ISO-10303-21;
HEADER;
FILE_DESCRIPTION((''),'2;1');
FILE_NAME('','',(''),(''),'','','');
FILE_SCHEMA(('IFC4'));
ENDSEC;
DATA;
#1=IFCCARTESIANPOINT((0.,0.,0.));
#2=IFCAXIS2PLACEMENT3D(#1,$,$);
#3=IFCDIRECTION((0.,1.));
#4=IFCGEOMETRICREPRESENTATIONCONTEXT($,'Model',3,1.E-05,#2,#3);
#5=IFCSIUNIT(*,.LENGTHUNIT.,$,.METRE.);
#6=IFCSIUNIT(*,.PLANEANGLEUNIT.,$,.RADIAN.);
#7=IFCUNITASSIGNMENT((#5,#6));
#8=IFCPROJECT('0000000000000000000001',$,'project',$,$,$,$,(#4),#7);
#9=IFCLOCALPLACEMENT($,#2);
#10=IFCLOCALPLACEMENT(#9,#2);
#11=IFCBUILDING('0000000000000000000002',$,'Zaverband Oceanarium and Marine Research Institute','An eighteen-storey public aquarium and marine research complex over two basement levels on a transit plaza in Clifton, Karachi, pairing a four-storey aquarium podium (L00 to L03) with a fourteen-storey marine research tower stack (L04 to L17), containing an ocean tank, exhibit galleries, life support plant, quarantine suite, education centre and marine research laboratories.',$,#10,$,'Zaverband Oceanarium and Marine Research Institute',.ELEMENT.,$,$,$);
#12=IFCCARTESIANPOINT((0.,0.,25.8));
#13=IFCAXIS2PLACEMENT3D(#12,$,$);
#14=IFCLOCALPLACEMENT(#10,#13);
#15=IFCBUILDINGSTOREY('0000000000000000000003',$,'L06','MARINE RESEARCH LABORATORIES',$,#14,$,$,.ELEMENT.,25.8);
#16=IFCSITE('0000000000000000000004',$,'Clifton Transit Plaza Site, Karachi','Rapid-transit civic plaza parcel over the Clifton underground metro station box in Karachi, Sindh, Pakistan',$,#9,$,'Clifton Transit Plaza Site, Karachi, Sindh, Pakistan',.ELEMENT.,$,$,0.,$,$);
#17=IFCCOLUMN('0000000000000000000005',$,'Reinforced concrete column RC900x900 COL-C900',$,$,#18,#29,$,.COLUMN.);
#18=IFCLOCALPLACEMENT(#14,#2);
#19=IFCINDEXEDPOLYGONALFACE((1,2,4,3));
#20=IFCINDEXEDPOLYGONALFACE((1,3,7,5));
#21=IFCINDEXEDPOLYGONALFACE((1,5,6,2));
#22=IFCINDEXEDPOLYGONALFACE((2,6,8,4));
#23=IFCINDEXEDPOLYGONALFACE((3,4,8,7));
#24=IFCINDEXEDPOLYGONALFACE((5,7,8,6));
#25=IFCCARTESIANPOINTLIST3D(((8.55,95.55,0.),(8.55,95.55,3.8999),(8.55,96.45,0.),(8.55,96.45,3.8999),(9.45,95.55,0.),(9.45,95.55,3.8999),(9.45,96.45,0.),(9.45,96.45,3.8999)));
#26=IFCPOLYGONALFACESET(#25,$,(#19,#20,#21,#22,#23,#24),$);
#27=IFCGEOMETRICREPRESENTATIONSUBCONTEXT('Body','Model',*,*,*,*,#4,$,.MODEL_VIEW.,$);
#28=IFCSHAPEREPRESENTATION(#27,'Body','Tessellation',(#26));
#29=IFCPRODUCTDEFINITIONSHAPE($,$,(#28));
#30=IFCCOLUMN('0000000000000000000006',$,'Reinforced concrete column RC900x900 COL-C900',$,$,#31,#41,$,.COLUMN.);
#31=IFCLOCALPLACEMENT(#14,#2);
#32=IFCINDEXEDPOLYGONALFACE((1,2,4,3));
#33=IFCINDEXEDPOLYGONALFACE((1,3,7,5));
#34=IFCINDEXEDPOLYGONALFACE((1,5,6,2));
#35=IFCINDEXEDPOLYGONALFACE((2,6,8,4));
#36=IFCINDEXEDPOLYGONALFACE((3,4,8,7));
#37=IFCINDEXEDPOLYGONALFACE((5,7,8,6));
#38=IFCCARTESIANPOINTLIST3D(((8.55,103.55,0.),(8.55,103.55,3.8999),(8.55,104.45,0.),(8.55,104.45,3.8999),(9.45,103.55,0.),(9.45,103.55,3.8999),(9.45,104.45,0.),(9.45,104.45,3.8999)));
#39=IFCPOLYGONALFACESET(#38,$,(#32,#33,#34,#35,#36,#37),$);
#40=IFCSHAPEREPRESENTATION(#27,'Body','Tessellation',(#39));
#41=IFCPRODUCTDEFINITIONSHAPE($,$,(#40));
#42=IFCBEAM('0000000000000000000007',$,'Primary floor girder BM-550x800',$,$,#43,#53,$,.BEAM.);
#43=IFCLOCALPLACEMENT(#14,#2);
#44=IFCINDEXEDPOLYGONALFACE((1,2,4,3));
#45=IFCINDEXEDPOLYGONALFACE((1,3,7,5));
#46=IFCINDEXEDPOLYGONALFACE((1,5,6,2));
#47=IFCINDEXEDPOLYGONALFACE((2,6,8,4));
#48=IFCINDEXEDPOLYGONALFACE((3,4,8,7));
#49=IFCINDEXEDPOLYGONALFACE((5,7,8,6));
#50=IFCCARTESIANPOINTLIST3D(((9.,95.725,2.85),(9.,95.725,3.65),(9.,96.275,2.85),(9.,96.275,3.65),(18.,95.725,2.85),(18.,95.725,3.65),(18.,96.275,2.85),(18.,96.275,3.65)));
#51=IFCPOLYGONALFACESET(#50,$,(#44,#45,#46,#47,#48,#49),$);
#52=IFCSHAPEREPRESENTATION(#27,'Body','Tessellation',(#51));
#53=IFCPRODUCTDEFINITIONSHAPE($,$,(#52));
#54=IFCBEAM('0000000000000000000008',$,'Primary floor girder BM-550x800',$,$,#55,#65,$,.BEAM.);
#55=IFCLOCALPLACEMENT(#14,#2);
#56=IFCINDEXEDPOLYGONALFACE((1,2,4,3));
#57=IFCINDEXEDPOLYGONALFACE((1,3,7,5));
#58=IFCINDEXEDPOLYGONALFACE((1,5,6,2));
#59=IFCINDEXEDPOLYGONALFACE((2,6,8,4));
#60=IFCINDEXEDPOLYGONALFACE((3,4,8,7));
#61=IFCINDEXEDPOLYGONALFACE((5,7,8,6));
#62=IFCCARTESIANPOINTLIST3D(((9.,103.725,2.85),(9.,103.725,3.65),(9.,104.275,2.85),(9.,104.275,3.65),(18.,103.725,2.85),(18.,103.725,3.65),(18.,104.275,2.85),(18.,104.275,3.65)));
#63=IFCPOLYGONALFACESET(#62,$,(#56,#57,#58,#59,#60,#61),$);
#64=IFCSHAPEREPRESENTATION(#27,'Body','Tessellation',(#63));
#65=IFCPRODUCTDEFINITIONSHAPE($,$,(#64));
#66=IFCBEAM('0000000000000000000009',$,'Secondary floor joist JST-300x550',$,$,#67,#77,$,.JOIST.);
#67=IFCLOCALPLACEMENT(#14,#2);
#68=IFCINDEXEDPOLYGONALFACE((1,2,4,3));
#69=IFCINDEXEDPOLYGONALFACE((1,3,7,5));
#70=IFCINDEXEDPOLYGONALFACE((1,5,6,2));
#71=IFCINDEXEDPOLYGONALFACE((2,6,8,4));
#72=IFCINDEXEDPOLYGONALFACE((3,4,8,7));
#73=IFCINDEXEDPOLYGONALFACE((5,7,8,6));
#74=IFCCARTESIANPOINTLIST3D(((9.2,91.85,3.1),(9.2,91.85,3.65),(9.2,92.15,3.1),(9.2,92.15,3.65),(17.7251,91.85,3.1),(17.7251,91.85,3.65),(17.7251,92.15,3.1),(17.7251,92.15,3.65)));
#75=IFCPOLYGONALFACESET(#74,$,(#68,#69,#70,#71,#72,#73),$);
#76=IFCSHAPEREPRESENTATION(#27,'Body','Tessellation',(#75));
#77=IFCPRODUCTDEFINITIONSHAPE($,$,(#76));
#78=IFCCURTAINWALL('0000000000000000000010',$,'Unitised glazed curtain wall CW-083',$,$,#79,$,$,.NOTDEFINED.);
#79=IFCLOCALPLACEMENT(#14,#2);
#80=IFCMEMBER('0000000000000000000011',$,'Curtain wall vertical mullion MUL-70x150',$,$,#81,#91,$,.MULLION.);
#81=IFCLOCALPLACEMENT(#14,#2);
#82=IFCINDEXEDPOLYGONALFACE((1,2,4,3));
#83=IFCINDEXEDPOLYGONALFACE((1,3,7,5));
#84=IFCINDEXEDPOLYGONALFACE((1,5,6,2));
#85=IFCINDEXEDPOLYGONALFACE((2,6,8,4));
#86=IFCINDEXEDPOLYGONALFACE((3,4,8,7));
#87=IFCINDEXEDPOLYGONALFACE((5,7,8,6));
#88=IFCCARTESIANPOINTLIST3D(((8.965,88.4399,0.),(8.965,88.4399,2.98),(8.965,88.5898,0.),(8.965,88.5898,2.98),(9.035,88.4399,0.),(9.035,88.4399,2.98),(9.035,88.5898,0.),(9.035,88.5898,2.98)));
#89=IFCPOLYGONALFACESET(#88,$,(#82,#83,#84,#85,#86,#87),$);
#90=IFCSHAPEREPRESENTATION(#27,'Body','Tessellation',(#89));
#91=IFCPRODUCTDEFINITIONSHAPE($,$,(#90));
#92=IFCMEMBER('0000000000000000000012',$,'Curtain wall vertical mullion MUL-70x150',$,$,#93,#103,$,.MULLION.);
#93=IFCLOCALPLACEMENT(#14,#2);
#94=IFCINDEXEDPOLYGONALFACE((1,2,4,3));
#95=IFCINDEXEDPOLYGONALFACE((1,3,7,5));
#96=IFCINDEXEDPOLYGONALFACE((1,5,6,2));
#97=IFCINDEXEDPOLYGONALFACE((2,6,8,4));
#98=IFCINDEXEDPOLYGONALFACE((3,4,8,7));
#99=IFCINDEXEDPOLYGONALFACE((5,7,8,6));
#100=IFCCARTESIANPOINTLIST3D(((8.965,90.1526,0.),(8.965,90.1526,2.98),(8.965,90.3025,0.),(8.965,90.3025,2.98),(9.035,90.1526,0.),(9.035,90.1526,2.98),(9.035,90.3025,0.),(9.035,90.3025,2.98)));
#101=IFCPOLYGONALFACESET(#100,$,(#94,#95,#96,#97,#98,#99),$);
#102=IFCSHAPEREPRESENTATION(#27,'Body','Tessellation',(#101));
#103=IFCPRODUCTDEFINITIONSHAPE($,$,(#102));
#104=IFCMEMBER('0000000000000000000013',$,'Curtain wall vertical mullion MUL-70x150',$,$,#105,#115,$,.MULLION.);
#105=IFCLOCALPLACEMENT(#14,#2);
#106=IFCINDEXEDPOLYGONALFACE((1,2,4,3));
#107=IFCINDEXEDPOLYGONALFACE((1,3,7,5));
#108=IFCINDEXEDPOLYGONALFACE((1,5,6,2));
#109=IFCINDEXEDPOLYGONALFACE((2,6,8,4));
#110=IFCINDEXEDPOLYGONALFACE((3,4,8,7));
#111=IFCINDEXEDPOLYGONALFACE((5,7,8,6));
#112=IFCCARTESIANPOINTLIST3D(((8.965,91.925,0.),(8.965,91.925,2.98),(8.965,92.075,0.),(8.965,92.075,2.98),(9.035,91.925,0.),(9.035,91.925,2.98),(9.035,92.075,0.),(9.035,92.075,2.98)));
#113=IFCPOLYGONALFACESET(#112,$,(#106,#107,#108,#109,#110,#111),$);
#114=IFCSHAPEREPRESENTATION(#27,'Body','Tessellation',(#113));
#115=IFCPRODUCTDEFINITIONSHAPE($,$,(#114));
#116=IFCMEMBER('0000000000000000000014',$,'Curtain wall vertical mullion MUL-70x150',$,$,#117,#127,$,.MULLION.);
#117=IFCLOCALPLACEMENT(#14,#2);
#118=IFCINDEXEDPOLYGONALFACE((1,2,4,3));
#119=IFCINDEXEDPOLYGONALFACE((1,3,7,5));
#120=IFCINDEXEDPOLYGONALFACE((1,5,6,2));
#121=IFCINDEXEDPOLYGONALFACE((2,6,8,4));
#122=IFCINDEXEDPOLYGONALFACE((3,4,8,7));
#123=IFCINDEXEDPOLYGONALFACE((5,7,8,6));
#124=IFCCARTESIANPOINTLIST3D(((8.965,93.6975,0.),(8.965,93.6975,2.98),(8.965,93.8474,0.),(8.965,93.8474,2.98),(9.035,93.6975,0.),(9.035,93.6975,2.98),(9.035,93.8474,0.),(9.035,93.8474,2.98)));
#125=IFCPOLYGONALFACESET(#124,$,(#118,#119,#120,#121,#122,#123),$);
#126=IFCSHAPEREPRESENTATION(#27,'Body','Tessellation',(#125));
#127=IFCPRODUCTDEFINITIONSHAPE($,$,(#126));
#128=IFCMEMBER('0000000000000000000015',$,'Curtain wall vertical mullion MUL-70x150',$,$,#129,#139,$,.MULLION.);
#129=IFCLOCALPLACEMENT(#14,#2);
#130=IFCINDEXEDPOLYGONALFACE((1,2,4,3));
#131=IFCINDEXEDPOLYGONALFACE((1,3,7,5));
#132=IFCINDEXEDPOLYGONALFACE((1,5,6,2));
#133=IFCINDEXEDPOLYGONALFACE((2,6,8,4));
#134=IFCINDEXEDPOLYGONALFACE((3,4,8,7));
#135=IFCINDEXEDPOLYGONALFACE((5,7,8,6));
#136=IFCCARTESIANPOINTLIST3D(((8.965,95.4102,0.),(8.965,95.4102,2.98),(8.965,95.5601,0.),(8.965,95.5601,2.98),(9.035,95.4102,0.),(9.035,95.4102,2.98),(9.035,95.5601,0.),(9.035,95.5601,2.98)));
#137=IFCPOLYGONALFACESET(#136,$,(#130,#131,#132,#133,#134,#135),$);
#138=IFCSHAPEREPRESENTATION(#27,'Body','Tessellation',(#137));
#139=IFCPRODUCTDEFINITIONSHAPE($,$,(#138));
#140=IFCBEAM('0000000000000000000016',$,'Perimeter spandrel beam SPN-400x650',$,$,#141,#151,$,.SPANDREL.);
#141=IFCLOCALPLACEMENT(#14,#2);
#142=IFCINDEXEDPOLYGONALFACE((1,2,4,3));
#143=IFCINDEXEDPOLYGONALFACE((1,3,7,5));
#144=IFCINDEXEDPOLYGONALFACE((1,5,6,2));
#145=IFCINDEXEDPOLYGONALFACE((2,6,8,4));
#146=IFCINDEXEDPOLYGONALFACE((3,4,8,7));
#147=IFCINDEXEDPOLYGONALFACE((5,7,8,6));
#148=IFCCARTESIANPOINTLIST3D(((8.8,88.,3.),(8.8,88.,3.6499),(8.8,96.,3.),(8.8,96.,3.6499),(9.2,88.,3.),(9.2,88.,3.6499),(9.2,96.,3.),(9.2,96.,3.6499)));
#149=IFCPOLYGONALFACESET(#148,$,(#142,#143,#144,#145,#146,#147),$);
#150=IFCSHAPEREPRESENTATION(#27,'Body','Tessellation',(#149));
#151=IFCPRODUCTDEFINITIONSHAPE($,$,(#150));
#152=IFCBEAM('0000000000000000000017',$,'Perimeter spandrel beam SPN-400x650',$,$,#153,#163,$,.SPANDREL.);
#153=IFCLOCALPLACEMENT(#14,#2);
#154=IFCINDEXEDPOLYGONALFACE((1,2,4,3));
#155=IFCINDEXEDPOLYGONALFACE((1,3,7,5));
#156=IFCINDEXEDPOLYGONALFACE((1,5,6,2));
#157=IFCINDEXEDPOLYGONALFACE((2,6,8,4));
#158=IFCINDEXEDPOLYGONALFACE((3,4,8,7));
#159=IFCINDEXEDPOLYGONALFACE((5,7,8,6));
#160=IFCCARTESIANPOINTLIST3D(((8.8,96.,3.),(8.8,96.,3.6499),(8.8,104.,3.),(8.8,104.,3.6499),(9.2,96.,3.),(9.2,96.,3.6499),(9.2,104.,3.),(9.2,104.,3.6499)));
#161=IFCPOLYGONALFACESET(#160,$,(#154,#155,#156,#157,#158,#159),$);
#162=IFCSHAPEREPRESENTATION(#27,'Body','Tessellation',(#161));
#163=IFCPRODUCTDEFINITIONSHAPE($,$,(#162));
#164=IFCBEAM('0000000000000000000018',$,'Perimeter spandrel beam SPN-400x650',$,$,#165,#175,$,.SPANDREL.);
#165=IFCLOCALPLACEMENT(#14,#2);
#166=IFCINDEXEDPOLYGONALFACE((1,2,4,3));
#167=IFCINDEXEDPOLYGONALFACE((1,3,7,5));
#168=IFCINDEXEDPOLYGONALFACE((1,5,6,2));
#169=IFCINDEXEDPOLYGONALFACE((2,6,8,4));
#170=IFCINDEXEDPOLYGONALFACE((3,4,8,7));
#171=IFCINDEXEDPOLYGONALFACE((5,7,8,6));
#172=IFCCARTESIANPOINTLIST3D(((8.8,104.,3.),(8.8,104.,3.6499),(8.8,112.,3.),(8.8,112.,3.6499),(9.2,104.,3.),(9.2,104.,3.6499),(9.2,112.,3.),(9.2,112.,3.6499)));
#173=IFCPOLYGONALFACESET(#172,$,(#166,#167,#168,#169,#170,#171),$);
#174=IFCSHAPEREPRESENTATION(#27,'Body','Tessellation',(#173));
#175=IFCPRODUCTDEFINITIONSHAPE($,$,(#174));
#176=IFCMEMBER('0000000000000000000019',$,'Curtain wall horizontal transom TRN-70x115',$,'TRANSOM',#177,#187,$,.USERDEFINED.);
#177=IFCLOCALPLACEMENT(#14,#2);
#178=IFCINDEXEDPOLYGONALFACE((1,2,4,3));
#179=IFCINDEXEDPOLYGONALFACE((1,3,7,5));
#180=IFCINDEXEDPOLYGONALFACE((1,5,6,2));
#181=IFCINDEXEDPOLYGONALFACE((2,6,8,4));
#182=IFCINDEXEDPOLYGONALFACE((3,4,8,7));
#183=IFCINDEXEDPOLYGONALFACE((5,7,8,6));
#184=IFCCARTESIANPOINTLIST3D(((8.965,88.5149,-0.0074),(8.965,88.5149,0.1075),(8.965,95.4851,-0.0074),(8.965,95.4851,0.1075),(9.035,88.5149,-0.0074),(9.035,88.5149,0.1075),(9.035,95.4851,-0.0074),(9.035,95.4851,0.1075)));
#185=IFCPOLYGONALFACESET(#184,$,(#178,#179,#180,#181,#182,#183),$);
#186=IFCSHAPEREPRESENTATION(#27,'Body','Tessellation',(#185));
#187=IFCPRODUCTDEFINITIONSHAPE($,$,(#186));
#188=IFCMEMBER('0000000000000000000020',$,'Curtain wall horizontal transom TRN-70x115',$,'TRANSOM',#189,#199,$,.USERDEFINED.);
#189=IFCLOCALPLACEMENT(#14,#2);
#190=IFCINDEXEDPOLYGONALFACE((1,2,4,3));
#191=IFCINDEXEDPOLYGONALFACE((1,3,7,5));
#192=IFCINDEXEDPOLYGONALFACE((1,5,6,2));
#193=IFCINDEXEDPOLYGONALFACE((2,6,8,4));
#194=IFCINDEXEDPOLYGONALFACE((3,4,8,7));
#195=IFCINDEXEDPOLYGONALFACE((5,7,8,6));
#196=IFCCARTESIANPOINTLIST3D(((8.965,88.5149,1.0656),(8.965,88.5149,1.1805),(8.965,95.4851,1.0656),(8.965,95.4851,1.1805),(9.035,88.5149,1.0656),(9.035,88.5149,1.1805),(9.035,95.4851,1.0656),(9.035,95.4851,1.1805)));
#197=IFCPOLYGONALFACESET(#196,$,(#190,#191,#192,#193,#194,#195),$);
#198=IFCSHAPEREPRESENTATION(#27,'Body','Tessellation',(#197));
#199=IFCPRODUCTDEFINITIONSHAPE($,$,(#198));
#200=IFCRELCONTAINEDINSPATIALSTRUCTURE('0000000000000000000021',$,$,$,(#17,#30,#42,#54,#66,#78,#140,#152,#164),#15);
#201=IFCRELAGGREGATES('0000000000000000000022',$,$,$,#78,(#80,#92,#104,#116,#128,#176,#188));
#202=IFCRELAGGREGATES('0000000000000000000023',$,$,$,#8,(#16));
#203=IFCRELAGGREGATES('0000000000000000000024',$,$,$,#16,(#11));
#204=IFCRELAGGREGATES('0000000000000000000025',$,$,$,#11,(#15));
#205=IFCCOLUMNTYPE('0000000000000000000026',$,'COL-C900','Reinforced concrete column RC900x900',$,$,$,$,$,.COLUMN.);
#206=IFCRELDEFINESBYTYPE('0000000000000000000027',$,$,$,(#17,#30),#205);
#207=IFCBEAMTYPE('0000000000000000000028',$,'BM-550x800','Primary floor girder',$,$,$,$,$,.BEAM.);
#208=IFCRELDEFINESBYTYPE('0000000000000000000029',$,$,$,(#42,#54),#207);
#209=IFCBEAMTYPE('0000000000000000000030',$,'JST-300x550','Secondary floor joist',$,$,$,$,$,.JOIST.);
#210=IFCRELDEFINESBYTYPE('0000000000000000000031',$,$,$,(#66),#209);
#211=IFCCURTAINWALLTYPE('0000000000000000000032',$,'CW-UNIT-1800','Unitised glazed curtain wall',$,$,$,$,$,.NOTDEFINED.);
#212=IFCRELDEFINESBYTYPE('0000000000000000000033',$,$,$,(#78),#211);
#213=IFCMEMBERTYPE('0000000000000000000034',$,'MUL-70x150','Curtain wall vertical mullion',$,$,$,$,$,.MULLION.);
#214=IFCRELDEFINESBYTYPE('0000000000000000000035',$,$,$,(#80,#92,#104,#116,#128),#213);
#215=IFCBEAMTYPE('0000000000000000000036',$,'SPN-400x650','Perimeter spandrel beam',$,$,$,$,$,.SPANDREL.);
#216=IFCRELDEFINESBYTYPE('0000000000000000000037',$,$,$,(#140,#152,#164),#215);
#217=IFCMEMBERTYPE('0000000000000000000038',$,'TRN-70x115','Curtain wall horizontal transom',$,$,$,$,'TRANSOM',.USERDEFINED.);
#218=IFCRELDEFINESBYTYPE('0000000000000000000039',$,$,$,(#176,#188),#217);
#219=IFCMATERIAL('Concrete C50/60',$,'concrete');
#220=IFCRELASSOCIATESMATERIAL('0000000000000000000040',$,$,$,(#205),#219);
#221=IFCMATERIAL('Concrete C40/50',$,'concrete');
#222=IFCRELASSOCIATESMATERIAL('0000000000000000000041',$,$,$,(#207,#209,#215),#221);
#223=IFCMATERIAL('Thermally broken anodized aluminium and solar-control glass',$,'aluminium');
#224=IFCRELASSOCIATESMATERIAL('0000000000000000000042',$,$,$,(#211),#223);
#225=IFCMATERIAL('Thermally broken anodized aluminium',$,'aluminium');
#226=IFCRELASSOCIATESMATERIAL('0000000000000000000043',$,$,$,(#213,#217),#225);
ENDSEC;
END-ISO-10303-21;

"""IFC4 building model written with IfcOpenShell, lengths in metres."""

from ifc_helpers import new_model, si_unit, direction, frame, origin, origin_2d, place, context, subcontext, project, spatial, rectangle, extrude, material, material_profile, profile_set, type_object, element, aggregate, save


model = new_model("IFC4")

# Units and contexts
model_context = context("Model", 3, precision=1e-05, world=origin(), true_north=direction((0.0, 1.0)))
body_context = subcontext(model_context, "Body", "Model", "MODEL_VIEW")
ifc_project = project(units=[si_unit("LENGTHUNIT", "METRE"), si_unit("PLANEANGLEUNIT", "RADIAN")], contexts=[model_context])

# Site, building, storey
site_placement = place(None, origin())
site = spatial("IfcSite", under=ifc_project, at=site_placement, Name="Clifton Transit Plaza Site, Karachi", Description="Rapid-transit civic plaza parcel over the Clifton underground metro station box in Karachi, Sindh, Pakistan", LongName="Clifton Transit Plaza Site, Karachi, Sindh, Pakistan", CompositionType="ELEMENT", RefElevation=0.0)
building_placement = place(site_placement, origin())
building = spatial("IfcBuilding", under=site, at=building_placement, Name="Zaverband Oceanarium and Marine Research Institute", Description="An eighteen-storey public aquarium and marine research complex over two basement levels on a transit plaza in Clifton, Karachi, pairing a four-storey aquarium podium (L00 to L03) with a fourteen-storey marine research tower stack (L04 to L17), containing an ocean tank, exhibit galleries, life support plant, quarantine suite, education centre and marine research laboratories.", LongName="Zaverband Oceanarium and Marine Research Institute", CompositionType="ELEMENT")
storey_placement = place(building_placement, frame((0.0, 0.0, 25.8)))
storey = spatial("IfcBuildingStorey", under=building, at=storey_placement, Name="L06", Description="MARINE RESEARCH LABORATORIES", CompositionType="ELEMENT", Elevation=25.8)

# Columns
ifc_material_1 = material(Name="Concrete C50/60", Category="concrete")
ifc_material_profile_1 = material_profile(ifc_material_1, rectangle(XDim=0.8999, YDim=0.8999, at=origin_2d()), Name="RC900x900")
ifc_profile_set_1 = profile_set([ifc_material_profile_1], Name="Concrete C50/60")
column_type = type_object("IfcColumnType", Name="COL-C900", Description="Reinforced concrete column RC900x900", PredefinedType="COLUMN", material=ifc_profile_set_1)
for number, where, z_axis, x_axis, name in (
    (1, (9.0, 96.0, 0.0), (0.0, 0.0, 1.0), (1.0, 0.0, 0.0), "Reinforced concrete column RC900x900 COL-C900"),
    (2, (9.0, 104.0, 0.0), (0.0, 0.0, 1.0), (1.0, 0.0, 0.0), "Reinforced concrete column RC900x900 COL-C900"),
):
    element("IfcColumn", number, at=place(storey_placement, frame(where, z_axis=z_axis, x_axis=x_axis)), inside=storey, type_object=column_type, Name=name, PredefinedType="COLUMN", context=body_context, shape_type="SweptSolid", body=[
        extrude(rectangle(XDim=0.8999, YDim=0.8999, at=origin_2d()), origin(), (0.0, 0.0, 1.0), 3.8999),
    ])

# Beams
ifc_material_2 = material(Name="Concrete C40/50", Category="concrete")
ifc_material_profile_2 = material_profile(ifc_material_2, rectangle(XDim=0.55, YDim=0.8, at=origin_2d()), Name="RC550x800")
ifc_profile_set_2 = profile_set([ifc_material_profile_2], Name="Concrete C40/50")
beam_type_1 = type_object("IfcBeamType", Name="BM-550x800", Description="Primary floor girder", PredefinedType="BEAM", material=ifc_profile_set_2)
for number, where, z_axis, x_axis, name in (
    (3, (9.0, 96.0, 3.25), (1.0, 0.0, 0.0), (0.0, 1.0, 0.0), "Primary floor girder BM-550x800"),
    (4, (9.0, 104.0, 3.25), (1.0, 0.0, 0.0), (0.0, 1.0, 0.0), "Primary floor girder BM-550x800"),
):
    element("IfcBeam", number, at=place(storey_placement, frame(where, z_axis=z_axis, x_axis=x_axis)), inside=storey, type_object=beam_type_1, Name=name, PredefinedType="BEAM", context=body_context, shape_type="SweptSolid", body=[
        extrude(rectangle(XDim=0.55, YDim=0.8, at=origin_2d()), origin(), (0.0, 0.0, 1.0), 9.0),
    ])
ifc_material_profile_3 = material_profile(ifc_material_2, rectangle(XDim=0.3, YDim=0.55, at=origin_2d()), Name="RC300x550")
ifc_profile_set_3 = profile_set([ifc_material_profile_3], Name="Concrete C40/50")
beam_type_2 = type_object("IfcBeamType", Name="JST-300x550", Description="Secondary floor joist", PredefinedType="JOIST", material=ifc_profile_set_3)
beam_placement = place(storey_placement, frame((9.2, 92.0, 3.375), z_axis=(1.0, 0.0, 0.0), x_axis=(0.0, 1.0, 0.0)))
element("IfcBeam", 5, at=beam_placement, inside=storey, type_object=beam_type_2, Name="Secondary floor joist JST-300x550", PredefinedType="JOIST", context=body_context, shape_type="SweptSolid", body=[
    extrude(rectangle(XDim=0.3, YDim=0.55, at=origin_2d()), origin(), (0.0, 0.0, 1.0), 8.5251),
])

# Curtain wall, members
ifc_material_3 = material(Name="Thermally broken anodized aluminium and solar-control glass", Category="aluminium")
curtain_wall_type = type_object("IfcCurtainWallType", Name="CW-UNIT-1800", Description="Unitised glazed curtain wall", PredefinedType="NOTDEFINED", material=ifc_material_3)
curtain_wall_placement = place(storey_placement, origin())
curtain_wall = element("IfcCurtainWall", 6, at=curtain_wall_placement, inside=storey, type_object=curtain_wall_type, Name="Unitised glazed curtain wall CW-083", PredefinedType="NOTDEFINED")
ifc_material_4 = material(Name="Thermally broken anodized aluminium", Category="aluminium")
ifc_material_profile_4 = material_profile(ifc_material_4, rectangle(XDim=0.0701, YDim=0.1499, at=origin_2d()), Name="AL-MUL-70x150")
ifc_profile_set_4 = profile_set([ifc_material_profile_4], Name="Thermally broken anodized aluminium")
member_type_1 = type_object("IfcMemberType", Name="MUL-70x150", Description="Curtain wall vertical mullion", PredefinedType="MULLION", material=ifc_profile_set_4)
member_1_placement = place(storey_placement, frame((9.0, 88.5149, 0.0), z_axis=(0.0, 0.0, 1.0), x_axis=(1.0, 0.0, 0.0)))
member_1 = element("IfcMember", 7, at=member_1_placement, type_object=member_type_1, Name="Curtain wall vertical mullion MUL-70x150", PredefinedType="MULLION", context=body_context, shape_type="SweptSolid", body=[
    extrude(rectangle(XDim=0.0701, YDim=0.1499, at=origin_2d()), origin(), (0.0, 0.0, 1.0), 2.98),
])
member_2_placement = place(storey_placement, frame((9.0, 90.2275, 0.0), z_axis=(0.0, 0.0, 1.0), x_axis=(1.0, 0.0, 0.0)))
member_2 = element("IfcMember", 8, at=member_2_placement, type_object=member_type_1, Name="Curtain wall vertical mullion MUL-70x150", PredefinedType="MULLION", context=body_context, shape_type="SweptSolid", body=[
    extrude(rectangle(XDim=0.0701, YDim=0.1499, at=origin_2d()), origin(), (0.0, 0.0, 1.0), 2.98),
])
member_3_placement = place(storey_placement, frame((9.0, 92.0, 0.0), z_axis=(0.0, 0.0, 1.0), x_axis=(1.0, 0.0, 0.0)))
member_3 = element("IfcMember", 9, at=member_3_placement, type_object=member_type_1, Name="Curtain wall vertical mullion MUL-70x150", PredefinedType="MULLION", context=body_context, shape_type="SweptSolid", body=[
    extrude(rectangle(XDim=0.0701, YDim=0.1499, at=origin_2d()), origin(), (0.0, 0.0, 1.0), 2.98),
])
member_4_placement = place(storey_placement, frame((9.0, 93.7725, 0.0), z_axis=(0.0, 0.0, 1.0), x_axis=(1.0, 0.0, 0.0)))
member_4 = element("IfcMember", 10, at=member_4_placement, type_object=member_type_1, Name="Curtain wall vertical mullion MUL-70x150", PredefinedType="MULLION", context=body_context, shape_type="SweptSolid", body=[
    extrude(rectangle(XDim=0.0701, YDim=0.1499, at=origin_2d()), origin(), (0.0, 0.0, 1.0), 2.98),
])
member_5_placement = place(storey_placement, frame((9.0, 95.4851, 0.0), z_axis=(0.0, 0.0, 1.0), x_axis=(1.0, 0.0, 0.0)))
member_5 = element("IfcMember", 11, at=member_5_placement, type_object=member_type_1, Name="Curtain wall vertical mullion MUL-70x150", PredefinedType="MULLION", context=body_context, shape_type="SweptSolid", body=[
    extrude(rectangle(XDim=0.0701, YDim=0.1499, at=origin_2d()), origin(), (0.0, 0.0, 1.0), 2.98),
])

# Beams
ifc_material_profile_5 = material_profile(ifc_material_2, rectangle(XDim=0.3999, YDim=0.6499, at=origin_2d()), Name="RC400x650")
ifc_profile_set_5 = profile_set([ifc_material_profile_5], Name="Concrete C40/50")
beam_type_3 = type_object("IfcBeamType", Name="SPN-400x650", Description="Perimeter spandrel beam", PredefinedType="SPANDREL", material=ifc_profile_set_5)
for number, where, z_axis, x_axis, name in (
    (12, (9.0, 88.0, 3.325), (0.0, 1.0, 0.0), (-1.0, 0.0, 0.0), "Perimeter spandrel beam SPN-400x650"),
    (13, (9.0, 96.0, 3.325), (0.0, 1.0, 0.0), (-1.0, 0.0, 0.0), "Perimeter spandrel beam SPN-400x650"),
    (14, (9.0, 104.0, 3.325), (0.0, 1.0, 0.0), (-1.0, 0.0, 0.0), "Perimeter spandrel beam SPN-400x650"),
):
    element("IfcBeam", number, at=place(storey_placement, frame(where, z_axis=z_axis, x_axis=x_axis)), inside=storey, type_object=beam_type_3, Name=name, PredefinedType="SPANDREL", context=body_context, shape_type="SweptSolid", body=[
        extrude(rectangle(XDim=0.3999, YDim=0.6499, at=origin_2d()), origin(), (0.0, 0.0, 1.0), 8.0),
    ])

# Members
ifc_material_profile_6 = material_profile(ifc_material_4, rectangle(XDim=0.0701, YDim=0.115, at=origin_2d()), Name="AL-TRN-70x115")
ifc_profile_set_6 = profile_set([ifc_material_profile_6], Name="Thermally broken anodized aluminium")
member_type_2 = type_object("IfcMemberType", Name="TRN-70x115", Description="Curtain wall horizontal transom", ElementType="TRANSOM", PredefinedType="USERDEFINED", material=ifc_profile_set_6)
member_6_placement = place(storey_placement, frame((9.0, 88.5149, 0.05), z_axis=(0.0, 1.0, 0.0), x_axis=(-1.0, 0.0, 0.0)))
member_6 = element("IfcMember", 15, at=member_6_placement, type_object=member_type_2, Name="Curtain wall horizontal transom TRN-70x115", ObjectType="TRANSOM", PredefinedType="USERDEFINED", context=body_context, shape_type="SweptSolid", body=[
    extrude(rectangle(XDim=0.0701, YDim=0.115, at=origin_2d()), origin(), (0.0, 0.0, 1.0), 6.9702),
])
member_7_placement = place(storey_placement, frame((9.0, 88.5149, 1.123), z_axis=(0.0, 1.0, 0.0), x_axis=(-1.0, 0.0, 0.0)))
member_7 = element("IfcMember", 16, at=member_7_placement, type_object=member_type_2, Name="Curtain wall horizontal transom TRN-70x115", ObjectType="TRANSOM", PredefinedType="USERDEFINED", context=body_context, shape_type="SweptSolid", body=[
    extrude(rectangle(XDim=0.0701, YDim=0.115, at=origin_2d()), origin(), (0.0, 0.0, 1.0), 6.9702),
])

aggregate(curtain_wall, [member_1, member_2, member_3, member_4, member_5, member_6, member_7])

save(model, "model.ifc")
